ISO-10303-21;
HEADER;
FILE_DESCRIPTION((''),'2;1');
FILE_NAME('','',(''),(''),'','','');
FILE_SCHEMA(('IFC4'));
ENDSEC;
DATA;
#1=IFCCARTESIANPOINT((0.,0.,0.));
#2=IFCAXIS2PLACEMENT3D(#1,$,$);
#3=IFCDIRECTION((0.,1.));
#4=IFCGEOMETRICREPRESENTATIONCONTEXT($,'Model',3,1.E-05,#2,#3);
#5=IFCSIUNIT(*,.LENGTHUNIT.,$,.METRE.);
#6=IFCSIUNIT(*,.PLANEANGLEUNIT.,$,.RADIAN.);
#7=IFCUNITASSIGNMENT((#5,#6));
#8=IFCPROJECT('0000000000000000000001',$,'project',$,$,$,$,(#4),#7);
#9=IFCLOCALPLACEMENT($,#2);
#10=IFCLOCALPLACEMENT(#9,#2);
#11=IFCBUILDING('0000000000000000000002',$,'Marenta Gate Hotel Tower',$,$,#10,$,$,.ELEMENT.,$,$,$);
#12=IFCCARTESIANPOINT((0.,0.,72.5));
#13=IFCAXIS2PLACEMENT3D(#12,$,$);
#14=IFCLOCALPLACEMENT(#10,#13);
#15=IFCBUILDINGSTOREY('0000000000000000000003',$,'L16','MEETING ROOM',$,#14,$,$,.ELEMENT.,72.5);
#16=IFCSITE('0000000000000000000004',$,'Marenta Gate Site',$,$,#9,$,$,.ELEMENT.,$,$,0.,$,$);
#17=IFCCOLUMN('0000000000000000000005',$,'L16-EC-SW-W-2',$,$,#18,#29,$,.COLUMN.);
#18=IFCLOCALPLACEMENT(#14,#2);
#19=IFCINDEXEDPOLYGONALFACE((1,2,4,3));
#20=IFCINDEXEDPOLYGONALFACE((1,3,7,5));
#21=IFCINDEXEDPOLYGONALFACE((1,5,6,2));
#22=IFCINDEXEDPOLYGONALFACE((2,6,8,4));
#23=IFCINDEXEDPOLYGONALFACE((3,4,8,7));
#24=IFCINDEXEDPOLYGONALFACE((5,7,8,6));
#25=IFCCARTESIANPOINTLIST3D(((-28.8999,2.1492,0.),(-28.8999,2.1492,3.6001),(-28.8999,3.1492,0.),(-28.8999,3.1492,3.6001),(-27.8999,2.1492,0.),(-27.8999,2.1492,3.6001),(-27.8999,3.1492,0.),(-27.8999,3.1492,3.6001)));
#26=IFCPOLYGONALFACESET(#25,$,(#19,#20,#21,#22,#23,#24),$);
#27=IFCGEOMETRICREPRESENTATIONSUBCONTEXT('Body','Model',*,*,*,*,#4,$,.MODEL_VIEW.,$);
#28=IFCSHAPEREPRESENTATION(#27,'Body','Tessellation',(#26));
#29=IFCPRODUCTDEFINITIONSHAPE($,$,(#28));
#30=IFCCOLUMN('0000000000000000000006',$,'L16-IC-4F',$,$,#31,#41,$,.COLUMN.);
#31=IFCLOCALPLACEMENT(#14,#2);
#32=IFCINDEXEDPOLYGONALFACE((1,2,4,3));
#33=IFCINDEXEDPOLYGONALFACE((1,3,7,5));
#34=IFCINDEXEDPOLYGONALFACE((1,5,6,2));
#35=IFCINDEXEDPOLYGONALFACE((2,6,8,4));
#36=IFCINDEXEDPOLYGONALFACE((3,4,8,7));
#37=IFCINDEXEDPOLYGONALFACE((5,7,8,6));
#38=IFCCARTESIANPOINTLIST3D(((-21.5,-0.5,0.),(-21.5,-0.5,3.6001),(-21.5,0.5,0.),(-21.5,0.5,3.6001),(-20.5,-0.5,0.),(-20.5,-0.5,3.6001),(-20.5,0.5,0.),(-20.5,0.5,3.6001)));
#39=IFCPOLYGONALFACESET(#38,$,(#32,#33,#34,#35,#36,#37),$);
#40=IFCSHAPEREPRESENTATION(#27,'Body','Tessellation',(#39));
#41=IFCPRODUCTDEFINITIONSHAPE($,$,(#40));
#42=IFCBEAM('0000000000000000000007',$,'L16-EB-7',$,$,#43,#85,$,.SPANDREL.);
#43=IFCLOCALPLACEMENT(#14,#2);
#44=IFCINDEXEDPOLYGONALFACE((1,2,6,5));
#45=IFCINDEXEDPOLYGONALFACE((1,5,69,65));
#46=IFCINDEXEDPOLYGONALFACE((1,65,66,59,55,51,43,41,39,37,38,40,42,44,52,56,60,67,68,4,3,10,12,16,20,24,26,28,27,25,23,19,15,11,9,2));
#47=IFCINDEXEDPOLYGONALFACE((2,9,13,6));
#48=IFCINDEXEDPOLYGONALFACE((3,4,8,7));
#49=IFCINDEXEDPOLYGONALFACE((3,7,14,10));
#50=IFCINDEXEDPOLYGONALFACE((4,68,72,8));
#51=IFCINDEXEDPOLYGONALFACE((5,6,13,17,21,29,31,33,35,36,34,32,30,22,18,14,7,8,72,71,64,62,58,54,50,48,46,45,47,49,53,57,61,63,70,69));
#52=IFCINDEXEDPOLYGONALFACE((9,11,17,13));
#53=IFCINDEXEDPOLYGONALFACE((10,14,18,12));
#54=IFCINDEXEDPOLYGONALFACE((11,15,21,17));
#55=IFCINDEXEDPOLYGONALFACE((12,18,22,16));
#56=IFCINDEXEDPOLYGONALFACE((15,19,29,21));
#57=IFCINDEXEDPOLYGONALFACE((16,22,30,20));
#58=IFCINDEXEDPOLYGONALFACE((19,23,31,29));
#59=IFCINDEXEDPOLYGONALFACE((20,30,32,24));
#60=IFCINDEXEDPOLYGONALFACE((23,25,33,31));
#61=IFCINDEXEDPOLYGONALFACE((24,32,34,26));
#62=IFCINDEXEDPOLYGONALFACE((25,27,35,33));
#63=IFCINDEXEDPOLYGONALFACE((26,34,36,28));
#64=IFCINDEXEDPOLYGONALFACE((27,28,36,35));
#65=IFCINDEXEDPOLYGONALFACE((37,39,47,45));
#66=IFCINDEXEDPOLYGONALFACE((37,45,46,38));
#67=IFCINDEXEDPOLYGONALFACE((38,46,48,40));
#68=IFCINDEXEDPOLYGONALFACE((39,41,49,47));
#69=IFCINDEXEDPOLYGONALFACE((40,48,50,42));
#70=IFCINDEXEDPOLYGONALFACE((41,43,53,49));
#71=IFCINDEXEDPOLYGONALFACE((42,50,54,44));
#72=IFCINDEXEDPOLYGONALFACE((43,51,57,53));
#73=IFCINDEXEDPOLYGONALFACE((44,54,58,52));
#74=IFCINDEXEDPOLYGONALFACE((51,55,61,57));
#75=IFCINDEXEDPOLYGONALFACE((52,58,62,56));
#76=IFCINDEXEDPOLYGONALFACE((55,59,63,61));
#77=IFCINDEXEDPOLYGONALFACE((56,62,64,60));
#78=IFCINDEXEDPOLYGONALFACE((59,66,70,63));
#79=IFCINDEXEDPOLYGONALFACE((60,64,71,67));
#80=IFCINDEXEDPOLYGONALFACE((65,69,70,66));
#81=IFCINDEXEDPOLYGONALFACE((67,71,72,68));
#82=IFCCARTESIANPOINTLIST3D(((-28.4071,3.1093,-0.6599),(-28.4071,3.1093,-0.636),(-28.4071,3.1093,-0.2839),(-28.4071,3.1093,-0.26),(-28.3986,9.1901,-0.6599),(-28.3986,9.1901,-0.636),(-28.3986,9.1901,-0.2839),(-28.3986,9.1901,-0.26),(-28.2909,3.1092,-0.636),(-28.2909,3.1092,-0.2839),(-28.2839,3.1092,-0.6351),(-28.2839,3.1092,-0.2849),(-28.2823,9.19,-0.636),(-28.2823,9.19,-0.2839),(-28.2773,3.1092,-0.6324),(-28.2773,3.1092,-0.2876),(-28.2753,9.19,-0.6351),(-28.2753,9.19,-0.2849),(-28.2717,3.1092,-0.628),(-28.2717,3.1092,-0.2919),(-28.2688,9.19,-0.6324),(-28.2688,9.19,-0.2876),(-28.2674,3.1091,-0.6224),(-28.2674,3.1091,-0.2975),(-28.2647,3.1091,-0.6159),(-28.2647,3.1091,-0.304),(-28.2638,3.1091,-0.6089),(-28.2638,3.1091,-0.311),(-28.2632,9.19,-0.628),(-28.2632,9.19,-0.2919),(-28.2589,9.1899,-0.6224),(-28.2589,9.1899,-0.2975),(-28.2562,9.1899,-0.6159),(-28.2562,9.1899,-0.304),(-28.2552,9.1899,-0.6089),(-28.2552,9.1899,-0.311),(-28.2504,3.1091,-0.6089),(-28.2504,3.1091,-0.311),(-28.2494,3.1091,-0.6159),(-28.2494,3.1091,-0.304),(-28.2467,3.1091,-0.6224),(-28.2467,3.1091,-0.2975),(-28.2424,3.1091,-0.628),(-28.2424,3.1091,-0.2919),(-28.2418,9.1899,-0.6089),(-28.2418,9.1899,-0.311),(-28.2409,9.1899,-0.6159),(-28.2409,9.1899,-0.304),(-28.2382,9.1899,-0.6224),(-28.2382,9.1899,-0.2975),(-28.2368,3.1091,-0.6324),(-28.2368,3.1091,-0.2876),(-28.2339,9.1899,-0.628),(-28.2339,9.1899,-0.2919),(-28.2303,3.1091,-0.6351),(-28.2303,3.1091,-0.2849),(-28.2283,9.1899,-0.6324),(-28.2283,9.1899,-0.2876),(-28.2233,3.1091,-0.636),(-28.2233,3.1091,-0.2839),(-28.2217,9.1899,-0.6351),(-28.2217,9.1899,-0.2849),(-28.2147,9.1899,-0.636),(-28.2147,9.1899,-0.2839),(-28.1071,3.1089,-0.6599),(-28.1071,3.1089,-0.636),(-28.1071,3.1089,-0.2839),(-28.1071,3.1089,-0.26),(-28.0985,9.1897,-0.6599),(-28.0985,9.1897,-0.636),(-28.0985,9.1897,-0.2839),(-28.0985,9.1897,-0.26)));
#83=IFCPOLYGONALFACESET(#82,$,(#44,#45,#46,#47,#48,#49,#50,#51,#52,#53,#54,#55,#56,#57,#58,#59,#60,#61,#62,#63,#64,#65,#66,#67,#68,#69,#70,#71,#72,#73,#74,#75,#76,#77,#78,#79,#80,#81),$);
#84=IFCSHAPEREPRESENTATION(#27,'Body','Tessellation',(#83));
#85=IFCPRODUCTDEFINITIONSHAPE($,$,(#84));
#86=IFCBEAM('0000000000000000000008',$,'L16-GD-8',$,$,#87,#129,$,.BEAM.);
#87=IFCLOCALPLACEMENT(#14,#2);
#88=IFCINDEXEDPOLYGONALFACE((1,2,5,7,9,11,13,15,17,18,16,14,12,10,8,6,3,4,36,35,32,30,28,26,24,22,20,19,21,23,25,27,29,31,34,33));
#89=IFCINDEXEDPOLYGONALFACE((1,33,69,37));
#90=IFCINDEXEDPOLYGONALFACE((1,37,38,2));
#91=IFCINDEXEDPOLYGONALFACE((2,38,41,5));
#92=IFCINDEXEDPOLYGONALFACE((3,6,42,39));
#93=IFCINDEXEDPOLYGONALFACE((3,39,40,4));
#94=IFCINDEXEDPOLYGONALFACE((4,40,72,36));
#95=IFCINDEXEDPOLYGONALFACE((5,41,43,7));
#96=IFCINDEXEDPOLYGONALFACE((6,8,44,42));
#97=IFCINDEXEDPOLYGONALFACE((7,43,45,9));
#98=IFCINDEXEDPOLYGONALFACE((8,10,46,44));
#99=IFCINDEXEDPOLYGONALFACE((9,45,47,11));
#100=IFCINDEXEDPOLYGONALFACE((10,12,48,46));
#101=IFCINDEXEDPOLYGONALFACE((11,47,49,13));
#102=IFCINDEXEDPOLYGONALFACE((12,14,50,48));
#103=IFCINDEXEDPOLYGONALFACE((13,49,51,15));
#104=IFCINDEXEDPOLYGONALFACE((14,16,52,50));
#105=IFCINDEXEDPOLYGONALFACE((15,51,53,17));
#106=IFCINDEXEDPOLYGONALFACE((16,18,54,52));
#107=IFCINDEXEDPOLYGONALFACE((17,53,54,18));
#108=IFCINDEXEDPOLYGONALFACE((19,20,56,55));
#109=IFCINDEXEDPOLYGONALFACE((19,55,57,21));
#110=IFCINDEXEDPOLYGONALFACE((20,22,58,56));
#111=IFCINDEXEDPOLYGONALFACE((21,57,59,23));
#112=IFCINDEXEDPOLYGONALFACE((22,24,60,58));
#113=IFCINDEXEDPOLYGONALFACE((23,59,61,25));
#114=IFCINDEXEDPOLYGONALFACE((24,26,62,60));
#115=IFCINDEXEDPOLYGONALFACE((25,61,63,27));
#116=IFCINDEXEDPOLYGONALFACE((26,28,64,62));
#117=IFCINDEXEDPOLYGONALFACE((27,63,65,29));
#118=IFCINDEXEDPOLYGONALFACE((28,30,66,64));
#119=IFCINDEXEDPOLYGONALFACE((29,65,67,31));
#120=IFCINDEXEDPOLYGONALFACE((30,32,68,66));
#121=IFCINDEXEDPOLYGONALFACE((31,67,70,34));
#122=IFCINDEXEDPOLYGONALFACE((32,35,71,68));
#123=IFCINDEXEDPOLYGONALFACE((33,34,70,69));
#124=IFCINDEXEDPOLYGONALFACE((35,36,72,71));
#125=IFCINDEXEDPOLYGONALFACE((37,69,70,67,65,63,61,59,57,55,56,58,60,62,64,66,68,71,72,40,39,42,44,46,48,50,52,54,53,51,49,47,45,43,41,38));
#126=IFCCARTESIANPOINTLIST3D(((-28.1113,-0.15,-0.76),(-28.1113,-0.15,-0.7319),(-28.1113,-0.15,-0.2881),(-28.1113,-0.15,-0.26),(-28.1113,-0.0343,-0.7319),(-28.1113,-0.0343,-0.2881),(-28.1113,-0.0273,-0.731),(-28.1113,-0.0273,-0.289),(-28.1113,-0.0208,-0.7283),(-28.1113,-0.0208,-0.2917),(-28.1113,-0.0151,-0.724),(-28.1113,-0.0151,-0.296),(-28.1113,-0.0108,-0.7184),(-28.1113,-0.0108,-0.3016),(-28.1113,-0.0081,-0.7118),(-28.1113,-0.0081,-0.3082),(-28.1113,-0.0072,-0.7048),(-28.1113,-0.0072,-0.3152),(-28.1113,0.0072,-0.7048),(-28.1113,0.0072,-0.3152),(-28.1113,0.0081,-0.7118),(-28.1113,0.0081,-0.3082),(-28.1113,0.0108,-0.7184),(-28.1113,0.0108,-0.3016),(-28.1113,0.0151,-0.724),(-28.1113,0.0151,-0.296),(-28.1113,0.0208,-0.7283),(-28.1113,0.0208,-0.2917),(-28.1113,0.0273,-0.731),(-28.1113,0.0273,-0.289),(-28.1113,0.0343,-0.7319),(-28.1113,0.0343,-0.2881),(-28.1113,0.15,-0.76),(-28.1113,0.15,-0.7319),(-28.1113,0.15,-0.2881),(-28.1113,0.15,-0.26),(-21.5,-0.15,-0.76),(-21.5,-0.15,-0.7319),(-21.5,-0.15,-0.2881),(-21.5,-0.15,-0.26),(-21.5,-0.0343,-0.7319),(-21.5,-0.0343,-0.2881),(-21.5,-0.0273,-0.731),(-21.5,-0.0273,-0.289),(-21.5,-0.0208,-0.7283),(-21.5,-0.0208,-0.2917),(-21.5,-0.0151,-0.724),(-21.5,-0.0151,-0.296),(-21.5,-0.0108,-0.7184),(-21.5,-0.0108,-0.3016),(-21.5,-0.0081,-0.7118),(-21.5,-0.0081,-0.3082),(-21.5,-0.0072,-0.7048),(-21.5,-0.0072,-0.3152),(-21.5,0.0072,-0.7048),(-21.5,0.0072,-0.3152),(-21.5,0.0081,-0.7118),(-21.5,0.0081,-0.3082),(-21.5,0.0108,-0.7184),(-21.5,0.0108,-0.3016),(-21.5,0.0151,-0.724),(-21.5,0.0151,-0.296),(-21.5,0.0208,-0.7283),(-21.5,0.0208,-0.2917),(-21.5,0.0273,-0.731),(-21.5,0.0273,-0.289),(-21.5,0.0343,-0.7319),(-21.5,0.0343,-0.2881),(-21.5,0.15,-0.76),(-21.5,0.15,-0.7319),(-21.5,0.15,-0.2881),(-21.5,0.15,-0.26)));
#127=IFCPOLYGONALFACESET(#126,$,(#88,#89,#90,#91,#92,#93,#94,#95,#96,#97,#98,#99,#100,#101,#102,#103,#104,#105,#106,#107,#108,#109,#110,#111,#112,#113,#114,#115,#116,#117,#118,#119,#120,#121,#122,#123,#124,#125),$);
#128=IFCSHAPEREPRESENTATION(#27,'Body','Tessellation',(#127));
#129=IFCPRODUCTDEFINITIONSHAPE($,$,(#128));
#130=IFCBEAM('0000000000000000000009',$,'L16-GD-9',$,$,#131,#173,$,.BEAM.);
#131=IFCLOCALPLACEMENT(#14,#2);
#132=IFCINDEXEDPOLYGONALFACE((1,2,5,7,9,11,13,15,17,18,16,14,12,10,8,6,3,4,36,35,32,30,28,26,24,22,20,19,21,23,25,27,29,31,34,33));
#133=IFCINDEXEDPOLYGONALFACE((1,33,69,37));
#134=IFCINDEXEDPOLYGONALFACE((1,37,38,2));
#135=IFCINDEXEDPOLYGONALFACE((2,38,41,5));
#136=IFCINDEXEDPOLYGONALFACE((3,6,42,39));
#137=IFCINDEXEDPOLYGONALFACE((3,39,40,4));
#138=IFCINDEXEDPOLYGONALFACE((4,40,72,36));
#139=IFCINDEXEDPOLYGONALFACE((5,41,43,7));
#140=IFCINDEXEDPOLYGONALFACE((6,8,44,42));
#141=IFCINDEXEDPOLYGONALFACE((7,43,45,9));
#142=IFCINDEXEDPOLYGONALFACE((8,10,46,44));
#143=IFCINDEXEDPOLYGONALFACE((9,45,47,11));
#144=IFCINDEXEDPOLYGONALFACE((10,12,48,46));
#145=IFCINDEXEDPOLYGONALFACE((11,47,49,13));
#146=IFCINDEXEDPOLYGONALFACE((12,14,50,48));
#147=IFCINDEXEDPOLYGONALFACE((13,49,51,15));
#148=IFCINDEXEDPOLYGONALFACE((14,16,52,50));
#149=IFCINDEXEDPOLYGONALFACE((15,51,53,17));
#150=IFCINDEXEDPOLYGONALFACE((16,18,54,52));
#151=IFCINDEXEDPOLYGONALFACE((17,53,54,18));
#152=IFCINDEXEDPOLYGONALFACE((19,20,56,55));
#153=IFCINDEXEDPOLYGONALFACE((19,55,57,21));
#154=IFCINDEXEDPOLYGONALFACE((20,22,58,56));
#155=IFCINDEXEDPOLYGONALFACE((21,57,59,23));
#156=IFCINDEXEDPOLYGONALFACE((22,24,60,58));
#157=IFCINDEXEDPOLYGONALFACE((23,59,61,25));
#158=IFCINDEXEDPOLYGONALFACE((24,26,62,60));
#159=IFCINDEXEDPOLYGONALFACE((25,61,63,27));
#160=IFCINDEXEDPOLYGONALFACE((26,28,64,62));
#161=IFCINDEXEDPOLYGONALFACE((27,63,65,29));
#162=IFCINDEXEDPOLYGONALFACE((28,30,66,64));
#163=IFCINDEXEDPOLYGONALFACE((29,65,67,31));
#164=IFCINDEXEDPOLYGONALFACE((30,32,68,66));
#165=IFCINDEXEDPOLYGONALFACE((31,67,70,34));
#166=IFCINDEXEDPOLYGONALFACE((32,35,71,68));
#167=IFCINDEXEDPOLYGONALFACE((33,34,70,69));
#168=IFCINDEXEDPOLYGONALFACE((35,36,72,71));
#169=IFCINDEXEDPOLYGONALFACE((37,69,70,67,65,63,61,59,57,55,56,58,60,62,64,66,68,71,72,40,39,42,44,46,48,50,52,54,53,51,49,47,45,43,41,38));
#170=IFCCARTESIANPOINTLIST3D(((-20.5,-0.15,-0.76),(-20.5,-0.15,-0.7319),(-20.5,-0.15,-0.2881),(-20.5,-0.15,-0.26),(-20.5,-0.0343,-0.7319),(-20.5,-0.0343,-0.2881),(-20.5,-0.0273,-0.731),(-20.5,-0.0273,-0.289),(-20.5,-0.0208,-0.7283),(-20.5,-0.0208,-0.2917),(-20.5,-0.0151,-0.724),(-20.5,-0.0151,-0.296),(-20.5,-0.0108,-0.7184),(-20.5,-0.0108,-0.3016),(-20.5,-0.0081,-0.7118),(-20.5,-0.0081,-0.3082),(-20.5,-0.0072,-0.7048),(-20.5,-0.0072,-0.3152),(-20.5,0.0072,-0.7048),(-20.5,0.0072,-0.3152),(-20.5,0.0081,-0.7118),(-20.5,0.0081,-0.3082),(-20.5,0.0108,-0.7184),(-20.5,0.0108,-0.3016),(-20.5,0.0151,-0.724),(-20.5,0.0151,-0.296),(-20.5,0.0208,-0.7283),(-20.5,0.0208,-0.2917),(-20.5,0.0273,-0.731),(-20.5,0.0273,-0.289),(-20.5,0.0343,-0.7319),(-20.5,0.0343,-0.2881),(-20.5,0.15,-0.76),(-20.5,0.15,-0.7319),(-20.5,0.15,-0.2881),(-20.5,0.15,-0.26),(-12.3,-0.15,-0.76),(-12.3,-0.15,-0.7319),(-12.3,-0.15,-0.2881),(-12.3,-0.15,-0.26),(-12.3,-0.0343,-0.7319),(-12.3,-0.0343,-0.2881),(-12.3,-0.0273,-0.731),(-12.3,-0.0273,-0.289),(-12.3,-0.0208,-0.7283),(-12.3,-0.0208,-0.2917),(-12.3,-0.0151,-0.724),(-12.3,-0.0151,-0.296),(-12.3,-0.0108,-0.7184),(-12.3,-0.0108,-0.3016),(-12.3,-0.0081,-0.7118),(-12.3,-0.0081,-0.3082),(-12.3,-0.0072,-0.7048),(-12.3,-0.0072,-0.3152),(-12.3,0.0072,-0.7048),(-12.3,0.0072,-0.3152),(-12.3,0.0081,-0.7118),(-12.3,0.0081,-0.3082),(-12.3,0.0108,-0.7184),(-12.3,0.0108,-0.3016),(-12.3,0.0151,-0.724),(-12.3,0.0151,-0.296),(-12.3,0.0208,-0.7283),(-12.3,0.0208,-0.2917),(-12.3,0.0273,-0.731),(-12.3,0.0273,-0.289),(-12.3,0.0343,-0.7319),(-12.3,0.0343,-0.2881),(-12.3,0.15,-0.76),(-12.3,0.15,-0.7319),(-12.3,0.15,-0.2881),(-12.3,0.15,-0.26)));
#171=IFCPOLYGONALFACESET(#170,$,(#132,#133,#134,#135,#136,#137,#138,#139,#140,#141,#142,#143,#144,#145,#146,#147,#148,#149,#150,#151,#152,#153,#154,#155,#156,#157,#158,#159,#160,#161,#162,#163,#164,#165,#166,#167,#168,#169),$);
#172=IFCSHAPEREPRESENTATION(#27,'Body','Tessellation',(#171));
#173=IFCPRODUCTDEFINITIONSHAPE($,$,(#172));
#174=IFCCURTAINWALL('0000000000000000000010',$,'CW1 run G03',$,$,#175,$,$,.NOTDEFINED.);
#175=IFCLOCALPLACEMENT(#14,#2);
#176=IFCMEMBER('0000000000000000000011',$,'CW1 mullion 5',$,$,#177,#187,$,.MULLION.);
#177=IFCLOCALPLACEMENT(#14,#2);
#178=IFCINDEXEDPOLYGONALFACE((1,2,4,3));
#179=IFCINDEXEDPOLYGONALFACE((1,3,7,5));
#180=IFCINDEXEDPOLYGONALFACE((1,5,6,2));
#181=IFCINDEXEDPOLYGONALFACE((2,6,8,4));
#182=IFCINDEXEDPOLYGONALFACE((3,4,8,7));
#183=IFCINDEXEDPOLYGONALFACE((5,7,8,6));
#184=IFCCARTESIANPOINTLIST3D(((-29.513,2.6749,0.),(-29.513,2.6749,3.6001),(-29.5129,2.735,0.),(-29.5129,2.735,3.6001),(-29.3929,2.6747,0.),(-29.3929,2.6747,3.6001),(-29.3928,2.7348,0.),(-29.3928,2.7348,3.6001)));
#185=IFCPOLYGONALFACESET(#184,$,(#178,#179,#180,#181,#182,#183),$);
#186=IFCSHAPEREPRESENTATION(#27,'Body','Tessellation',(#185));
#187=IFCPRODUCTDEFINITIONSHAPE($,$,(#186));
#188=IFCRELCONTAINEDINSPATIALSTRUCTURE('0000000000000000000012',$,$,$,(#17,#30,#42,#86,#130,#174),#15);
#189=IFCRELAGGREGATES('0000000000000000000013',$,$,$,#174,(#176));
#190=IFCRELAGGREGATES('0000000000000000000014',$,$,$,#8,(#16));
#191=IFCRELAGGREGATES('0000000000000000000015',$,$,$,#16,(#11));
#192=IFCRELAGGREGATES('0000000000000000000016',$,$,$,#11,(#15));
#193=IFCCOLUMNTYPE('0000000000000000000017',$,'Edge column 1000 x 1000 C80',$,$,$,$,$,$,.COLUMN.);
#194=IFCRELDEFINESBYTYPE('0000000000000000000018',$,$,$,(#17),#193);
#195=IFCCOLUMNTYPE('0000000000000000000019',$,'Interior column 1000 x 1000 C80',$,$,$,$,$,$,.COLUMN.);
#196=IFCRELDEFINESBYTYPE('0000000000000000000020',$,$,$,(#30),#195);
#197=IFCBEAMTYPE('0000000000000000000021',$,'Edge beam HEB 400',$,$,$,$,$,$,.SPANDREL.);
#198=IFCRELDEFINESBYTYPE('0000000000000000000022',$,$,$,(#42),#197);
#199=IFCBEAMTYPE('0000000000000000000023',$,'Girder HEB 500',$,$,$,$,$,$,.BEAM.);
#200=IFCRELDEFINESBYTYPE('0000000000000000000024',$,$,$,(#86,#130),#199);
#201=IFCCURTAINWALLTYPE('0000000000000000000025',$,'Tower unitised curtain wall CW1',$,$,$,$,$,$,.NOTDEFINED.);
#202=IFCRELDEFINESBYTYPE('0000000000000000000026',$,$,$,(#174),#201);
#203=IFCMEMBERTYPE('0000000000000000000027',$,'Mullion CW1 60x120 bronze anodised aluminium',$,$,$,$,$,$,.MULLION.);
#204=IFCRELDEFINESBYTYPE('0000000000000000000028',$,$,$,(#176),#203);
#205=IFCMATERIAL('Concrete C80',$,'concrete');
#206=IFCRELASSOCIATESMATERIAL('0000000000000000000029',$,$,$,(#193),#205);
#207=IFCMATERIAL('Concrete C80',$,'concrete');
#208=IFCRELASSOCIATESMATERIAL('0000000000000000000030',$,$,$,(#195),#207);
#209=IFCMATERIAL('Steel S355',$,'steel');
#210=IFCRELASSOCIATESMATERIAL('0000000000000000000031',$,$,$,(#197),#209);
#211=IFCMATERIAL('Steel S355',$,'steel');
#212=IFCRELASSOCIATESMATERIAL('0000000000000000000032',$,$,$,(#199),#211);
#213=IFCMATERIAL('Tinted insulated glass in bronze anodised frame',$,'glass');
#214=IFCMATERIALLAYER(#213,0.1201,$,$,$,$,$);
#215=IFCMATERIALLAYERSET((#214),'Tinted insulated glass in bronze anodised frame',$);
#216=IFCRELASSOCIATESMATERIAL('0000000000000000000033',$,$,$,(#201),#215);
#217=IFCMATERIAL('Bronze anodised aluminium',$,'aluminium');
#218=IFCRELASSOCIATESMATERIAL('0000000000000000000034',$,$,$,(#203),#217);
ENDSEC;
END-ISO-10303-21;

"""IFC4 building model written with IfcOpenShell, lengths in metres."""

from ifc_helpers import new_model, si_unit, direction, frame, origin, origin_2d, place, context, subcontext, project, spatial, rectangle, i_section, extrude, material, layer, layer_set, material_profile, profile_set, type_object, element, aggregate, save


model = new_model("IFC4")

# Units and contexts
model_context = context("Model", 3, precision=1e-05, world=origin(), true_north=direction((0.0, 1.0)))
body_context = subcontext(model_context, "Body", "Model", "MODEL_VIEW")
ifc_project = project(units=[si_unit("LENGTHUNIT", "METRE"), si_unit("PLANEANGLEUNIT", "RADIAN")], contexts=[model_context])

# Site, building, storey
site_placement = place(None, origin())
site = spatial("IfcSite", under=ifc_project, at=site_placement, Name="Marenta Gate Site", CompositionType="ELEMENT", RefElevation=0.0)
building_placement = place(site_placement, origin())
building = spatial("IfcBuilding", under=site, at=building_placement, Name="Marenta Gate Hotel Tower", CompositionType="ELEMENT")
storey_placement = place(building_placement, frame((0.0, 0.0, 72.5)))
storey = spatial("IfcBuildingStorey", under=building, at=storey_placement, Name="L16", Description="MEETING ROOM", CompositionType="ELEMENT", Elevation=72.5)

# Columns
ifc_material_1 = material(Name="Concrete C80", Category="concrete")
ifc_material_profile_1 = material_profile(ifc_material_1, rectangle(XDim=1.0, YDim=1.0, at=origin_2d()), Name="1000 x 1000")
ifc_profile_set_1 = profile_set([ifc_material_profile_1], Name="Concrete C80")
column_type_1 = type_object("IfcColumnType", Name="Edge column 1000 x 1000 C80", PredefinedType="COLUMN", material=ifc_profile_set_1)
column_1_placement = place(storey_placement, frame((-28.3999, 2.6492, 0.0), z_axis=(0.0, 0.0, 1.0), x_axis=(1.0, 0.0, 0.0)))
element("IfcColumn", 1, at=column_1_placement, inside=storey, type_object=column_type_1, Name="L16-EC-SW-W-2", PredefinedType="COLUMN", context=body_context, shape_type="SweptSolid", body=[
    extrude(rectangle(XDim=1.0, YDim=1.0, at=origin_2d()), origin(), (0.0, 0.0, 1.0), 3.6001),
])
ifc_material_2 = material(Name="Concrete C80", Category="concrete")
ifc_material_profile_2 = material_profile(ifc_material_2, rectangle(XDim=1.0, YDim=1.0, at=origin_2d()), Name="1000 x 1000")
ifc_profile_set_2 = profile_set([ifc_material_profile_2], Name="Concrete C80")
column_type_2 = type_object("IfcColumnType", Name="Interior column 1000 x 1000 C80", PredefinedType="COLUMN", material=ifc_profile_set_2)
column_2_placement = place(storey_placement, frame((-21.0, 0.0, 0.0), z_axis=(0.0, 0.0, 1.0), x_axis=(1.0, 0.0, 0.0)))
element("IfcColumn", 2, at=column_2_placement, inside=storey, type_object=column_type_2, Name="L16-IC-4F", PredefinedType="COLUMN", context=body_context, shape_type="SweptSolid", body=[
    extrude(rectangle(XDim=1.0, YDim=1.0, at=origin_2d()), origin(), (0.0, 0.0, 1.0), 3.6001),
])

# Beams
ifc_material_3 = material(Name="Steel S355", Category="steel")
ifc_material_profile_3 = material_profile(ifc_material_3, i_section(OverallWidth=0.3, OverallDepth=0.3999, WebThickness=0.0134, FlangeThickness=0.0239, FilletRadius=0.0271, at=origin_2d()), Name="HEB 400")
ifc_profile_set_3 = profile_set([ifc_material_profile_3], Name="Steel S355")
beam_type_1 = type_object("IfcBeamType", Name="Edge beam HEB 400", PredefinedType="SPANDREL", material=ifc_profile_set_3)
beam_1_placement = place(storey_placement, frame((-28.2571, 3.1091, -0.46), z_axis=(0.001405, 0.999999, 0.0), x_axis=(-0.999999, 0.001405, 0.0)))
element("IfcBeam", 3, at=beam_1_placement, inside=storey, type_object=beam_type_1, Name="L16-EB-7", PredefinedType="SPANDREL", context=body_context, shape_type="SweptSolid", body=[
    extrude(i_section(OverallWidth=0.3, OverallDepth=0.3999, WebThickness=0.0134, FlangeThickness=0.0239, FilletRadius=0.0271, at=origin_2d()), origin(), (0.0, 0.0, 1.0), 6.0808),
])
ifc_material_4 = material(Name="Steel S355", Category="steel")
ifc_material_profile_4 = material_profile(ifc_material_4, i_section(OverallWidth=0.3, OverallDepth=0.5, WebThickness=0.0144, FlangeThickness=0.0281, FilletRadius=0.0271, at=origin_2d()), Name="HEB 500")
ifc_profile_set_4 = profile_set([ifc_material_profile_4], Name="Steel S355")
beam_type_2 = type_object("IfcBeamType", Name="Girder HEB 500", PredefinedType="BEAM", material=ifc_profile_set_4)
beam_2_placement = place(storey_placement, frame((-28.1113, 0.0, -0.51), z_axis=(1.0, 0.0, 0.0), x_axis=(0.0, 1.0, 0.0)))
element("IfcBeam", 4, at=beam_2_placement, inside=storey, type_object=beam_type_2, Name="L16-GD-8", PredefinedType="BEAM", context=body_context, shape_type="SweptSolid", body=[
    extrude(i_section(OverallWidth=0.3, OverallDepth=0.5, WebThickness=0.0144, FlangeThickness=0.0281, FilletRadius=0.0271, at=origin_2d()), origin(), (0.0, 0.0, 1.0), 6.6113),
])
beam_3_placement = place(storey_placement, frame((-20.5, 0.0, -0.51), z_axis=(1.0, 0.0, 0.0), x_axis=(0.0, 1.0, 0.0)))
element("IfcBeam", 5, at=beam_3_placement, inside=storey, type_object=beam_type_2, Name="L16-GD-9", PredefinedType="BEAM", context=body_context, shape_type="SweptSolid", body=[
    extrude(i_section(OverallWidth=0.3, OverallDepth=0.5, WebThickness=0.0144, FlangeThickness=0.0281, FilletRadius=0.0271, at=origin_2d()), origin(), (0.0, 0.0, 1.0), 8.2),
])

# Curtain wall, member
ifc_material_5 = material(Name="Tinted insulated glass in bronze anodised frame", Category="glass")
ifc_layer_1 = layer(ifc_material_5, 0.1201)
ifc_layer_set_1 = layer_set([ifc_layer_1], Name="Tinted insulated glass in bronze anodised frame")
curtain_wall_type = type_object("IfcCurtainWallType", Name="Tower unitised curtain wall CW1", PredefinedType="NOTDEFINED", material=ifc_layer_set_1)
curtain_wall_placement = place(storey_placement, origin())
curtain_wall = element("IfcCurtainWall", 6, at=curtain_wall_placement, inside=storey, type_object=curtain_wall_type, Name="CW1 run G03", PredefinedType="NOTDEFINED")
ifc_material_6 = material(Name="Bronze anodised aluminium", Category="aluminium")
ifc_material_profile_5 = material_profile(ifc_material_6, rectangle(XDim=0.1201, YDim=0.0601, at=origin_2d()), Name="Mullion CW1 60x120 bronze anodised aluminium")
ifc_profile_set_5 = profile_set([ifc_material_profile_5], Name="Bronze anodised aluminium")
member_type_1 = type_object("IfcMemberType", Name="Mullion CW1 60x120 bronze anodised aluminium", PredefinedType="MULLION", material=ifc_profile_set_5)
member_1_placement = place(storey_placement, frame((-29.4529, 2.7048, 0.0), z_axis=(0.0, 0.0, 1.0), x_axis=(0.999999, -0.001566, 0.0)))
member_1 = element("IfcMember", 7, at=member_1_placement, type_object=member_type_1, Name="CW1 mullion 5", PredefinedType="MULLION", context=body_context, shape_type="SweptSolid", body=[
    extrude(rectangle(XDim=0.1201, YDim=0.0601, at=origin_2d()), origin(), (0.0, 0.0, 1.0), 3.6001),
])
aggregate(curtain_wall, [member_1])

save(model, "model.ifc")
